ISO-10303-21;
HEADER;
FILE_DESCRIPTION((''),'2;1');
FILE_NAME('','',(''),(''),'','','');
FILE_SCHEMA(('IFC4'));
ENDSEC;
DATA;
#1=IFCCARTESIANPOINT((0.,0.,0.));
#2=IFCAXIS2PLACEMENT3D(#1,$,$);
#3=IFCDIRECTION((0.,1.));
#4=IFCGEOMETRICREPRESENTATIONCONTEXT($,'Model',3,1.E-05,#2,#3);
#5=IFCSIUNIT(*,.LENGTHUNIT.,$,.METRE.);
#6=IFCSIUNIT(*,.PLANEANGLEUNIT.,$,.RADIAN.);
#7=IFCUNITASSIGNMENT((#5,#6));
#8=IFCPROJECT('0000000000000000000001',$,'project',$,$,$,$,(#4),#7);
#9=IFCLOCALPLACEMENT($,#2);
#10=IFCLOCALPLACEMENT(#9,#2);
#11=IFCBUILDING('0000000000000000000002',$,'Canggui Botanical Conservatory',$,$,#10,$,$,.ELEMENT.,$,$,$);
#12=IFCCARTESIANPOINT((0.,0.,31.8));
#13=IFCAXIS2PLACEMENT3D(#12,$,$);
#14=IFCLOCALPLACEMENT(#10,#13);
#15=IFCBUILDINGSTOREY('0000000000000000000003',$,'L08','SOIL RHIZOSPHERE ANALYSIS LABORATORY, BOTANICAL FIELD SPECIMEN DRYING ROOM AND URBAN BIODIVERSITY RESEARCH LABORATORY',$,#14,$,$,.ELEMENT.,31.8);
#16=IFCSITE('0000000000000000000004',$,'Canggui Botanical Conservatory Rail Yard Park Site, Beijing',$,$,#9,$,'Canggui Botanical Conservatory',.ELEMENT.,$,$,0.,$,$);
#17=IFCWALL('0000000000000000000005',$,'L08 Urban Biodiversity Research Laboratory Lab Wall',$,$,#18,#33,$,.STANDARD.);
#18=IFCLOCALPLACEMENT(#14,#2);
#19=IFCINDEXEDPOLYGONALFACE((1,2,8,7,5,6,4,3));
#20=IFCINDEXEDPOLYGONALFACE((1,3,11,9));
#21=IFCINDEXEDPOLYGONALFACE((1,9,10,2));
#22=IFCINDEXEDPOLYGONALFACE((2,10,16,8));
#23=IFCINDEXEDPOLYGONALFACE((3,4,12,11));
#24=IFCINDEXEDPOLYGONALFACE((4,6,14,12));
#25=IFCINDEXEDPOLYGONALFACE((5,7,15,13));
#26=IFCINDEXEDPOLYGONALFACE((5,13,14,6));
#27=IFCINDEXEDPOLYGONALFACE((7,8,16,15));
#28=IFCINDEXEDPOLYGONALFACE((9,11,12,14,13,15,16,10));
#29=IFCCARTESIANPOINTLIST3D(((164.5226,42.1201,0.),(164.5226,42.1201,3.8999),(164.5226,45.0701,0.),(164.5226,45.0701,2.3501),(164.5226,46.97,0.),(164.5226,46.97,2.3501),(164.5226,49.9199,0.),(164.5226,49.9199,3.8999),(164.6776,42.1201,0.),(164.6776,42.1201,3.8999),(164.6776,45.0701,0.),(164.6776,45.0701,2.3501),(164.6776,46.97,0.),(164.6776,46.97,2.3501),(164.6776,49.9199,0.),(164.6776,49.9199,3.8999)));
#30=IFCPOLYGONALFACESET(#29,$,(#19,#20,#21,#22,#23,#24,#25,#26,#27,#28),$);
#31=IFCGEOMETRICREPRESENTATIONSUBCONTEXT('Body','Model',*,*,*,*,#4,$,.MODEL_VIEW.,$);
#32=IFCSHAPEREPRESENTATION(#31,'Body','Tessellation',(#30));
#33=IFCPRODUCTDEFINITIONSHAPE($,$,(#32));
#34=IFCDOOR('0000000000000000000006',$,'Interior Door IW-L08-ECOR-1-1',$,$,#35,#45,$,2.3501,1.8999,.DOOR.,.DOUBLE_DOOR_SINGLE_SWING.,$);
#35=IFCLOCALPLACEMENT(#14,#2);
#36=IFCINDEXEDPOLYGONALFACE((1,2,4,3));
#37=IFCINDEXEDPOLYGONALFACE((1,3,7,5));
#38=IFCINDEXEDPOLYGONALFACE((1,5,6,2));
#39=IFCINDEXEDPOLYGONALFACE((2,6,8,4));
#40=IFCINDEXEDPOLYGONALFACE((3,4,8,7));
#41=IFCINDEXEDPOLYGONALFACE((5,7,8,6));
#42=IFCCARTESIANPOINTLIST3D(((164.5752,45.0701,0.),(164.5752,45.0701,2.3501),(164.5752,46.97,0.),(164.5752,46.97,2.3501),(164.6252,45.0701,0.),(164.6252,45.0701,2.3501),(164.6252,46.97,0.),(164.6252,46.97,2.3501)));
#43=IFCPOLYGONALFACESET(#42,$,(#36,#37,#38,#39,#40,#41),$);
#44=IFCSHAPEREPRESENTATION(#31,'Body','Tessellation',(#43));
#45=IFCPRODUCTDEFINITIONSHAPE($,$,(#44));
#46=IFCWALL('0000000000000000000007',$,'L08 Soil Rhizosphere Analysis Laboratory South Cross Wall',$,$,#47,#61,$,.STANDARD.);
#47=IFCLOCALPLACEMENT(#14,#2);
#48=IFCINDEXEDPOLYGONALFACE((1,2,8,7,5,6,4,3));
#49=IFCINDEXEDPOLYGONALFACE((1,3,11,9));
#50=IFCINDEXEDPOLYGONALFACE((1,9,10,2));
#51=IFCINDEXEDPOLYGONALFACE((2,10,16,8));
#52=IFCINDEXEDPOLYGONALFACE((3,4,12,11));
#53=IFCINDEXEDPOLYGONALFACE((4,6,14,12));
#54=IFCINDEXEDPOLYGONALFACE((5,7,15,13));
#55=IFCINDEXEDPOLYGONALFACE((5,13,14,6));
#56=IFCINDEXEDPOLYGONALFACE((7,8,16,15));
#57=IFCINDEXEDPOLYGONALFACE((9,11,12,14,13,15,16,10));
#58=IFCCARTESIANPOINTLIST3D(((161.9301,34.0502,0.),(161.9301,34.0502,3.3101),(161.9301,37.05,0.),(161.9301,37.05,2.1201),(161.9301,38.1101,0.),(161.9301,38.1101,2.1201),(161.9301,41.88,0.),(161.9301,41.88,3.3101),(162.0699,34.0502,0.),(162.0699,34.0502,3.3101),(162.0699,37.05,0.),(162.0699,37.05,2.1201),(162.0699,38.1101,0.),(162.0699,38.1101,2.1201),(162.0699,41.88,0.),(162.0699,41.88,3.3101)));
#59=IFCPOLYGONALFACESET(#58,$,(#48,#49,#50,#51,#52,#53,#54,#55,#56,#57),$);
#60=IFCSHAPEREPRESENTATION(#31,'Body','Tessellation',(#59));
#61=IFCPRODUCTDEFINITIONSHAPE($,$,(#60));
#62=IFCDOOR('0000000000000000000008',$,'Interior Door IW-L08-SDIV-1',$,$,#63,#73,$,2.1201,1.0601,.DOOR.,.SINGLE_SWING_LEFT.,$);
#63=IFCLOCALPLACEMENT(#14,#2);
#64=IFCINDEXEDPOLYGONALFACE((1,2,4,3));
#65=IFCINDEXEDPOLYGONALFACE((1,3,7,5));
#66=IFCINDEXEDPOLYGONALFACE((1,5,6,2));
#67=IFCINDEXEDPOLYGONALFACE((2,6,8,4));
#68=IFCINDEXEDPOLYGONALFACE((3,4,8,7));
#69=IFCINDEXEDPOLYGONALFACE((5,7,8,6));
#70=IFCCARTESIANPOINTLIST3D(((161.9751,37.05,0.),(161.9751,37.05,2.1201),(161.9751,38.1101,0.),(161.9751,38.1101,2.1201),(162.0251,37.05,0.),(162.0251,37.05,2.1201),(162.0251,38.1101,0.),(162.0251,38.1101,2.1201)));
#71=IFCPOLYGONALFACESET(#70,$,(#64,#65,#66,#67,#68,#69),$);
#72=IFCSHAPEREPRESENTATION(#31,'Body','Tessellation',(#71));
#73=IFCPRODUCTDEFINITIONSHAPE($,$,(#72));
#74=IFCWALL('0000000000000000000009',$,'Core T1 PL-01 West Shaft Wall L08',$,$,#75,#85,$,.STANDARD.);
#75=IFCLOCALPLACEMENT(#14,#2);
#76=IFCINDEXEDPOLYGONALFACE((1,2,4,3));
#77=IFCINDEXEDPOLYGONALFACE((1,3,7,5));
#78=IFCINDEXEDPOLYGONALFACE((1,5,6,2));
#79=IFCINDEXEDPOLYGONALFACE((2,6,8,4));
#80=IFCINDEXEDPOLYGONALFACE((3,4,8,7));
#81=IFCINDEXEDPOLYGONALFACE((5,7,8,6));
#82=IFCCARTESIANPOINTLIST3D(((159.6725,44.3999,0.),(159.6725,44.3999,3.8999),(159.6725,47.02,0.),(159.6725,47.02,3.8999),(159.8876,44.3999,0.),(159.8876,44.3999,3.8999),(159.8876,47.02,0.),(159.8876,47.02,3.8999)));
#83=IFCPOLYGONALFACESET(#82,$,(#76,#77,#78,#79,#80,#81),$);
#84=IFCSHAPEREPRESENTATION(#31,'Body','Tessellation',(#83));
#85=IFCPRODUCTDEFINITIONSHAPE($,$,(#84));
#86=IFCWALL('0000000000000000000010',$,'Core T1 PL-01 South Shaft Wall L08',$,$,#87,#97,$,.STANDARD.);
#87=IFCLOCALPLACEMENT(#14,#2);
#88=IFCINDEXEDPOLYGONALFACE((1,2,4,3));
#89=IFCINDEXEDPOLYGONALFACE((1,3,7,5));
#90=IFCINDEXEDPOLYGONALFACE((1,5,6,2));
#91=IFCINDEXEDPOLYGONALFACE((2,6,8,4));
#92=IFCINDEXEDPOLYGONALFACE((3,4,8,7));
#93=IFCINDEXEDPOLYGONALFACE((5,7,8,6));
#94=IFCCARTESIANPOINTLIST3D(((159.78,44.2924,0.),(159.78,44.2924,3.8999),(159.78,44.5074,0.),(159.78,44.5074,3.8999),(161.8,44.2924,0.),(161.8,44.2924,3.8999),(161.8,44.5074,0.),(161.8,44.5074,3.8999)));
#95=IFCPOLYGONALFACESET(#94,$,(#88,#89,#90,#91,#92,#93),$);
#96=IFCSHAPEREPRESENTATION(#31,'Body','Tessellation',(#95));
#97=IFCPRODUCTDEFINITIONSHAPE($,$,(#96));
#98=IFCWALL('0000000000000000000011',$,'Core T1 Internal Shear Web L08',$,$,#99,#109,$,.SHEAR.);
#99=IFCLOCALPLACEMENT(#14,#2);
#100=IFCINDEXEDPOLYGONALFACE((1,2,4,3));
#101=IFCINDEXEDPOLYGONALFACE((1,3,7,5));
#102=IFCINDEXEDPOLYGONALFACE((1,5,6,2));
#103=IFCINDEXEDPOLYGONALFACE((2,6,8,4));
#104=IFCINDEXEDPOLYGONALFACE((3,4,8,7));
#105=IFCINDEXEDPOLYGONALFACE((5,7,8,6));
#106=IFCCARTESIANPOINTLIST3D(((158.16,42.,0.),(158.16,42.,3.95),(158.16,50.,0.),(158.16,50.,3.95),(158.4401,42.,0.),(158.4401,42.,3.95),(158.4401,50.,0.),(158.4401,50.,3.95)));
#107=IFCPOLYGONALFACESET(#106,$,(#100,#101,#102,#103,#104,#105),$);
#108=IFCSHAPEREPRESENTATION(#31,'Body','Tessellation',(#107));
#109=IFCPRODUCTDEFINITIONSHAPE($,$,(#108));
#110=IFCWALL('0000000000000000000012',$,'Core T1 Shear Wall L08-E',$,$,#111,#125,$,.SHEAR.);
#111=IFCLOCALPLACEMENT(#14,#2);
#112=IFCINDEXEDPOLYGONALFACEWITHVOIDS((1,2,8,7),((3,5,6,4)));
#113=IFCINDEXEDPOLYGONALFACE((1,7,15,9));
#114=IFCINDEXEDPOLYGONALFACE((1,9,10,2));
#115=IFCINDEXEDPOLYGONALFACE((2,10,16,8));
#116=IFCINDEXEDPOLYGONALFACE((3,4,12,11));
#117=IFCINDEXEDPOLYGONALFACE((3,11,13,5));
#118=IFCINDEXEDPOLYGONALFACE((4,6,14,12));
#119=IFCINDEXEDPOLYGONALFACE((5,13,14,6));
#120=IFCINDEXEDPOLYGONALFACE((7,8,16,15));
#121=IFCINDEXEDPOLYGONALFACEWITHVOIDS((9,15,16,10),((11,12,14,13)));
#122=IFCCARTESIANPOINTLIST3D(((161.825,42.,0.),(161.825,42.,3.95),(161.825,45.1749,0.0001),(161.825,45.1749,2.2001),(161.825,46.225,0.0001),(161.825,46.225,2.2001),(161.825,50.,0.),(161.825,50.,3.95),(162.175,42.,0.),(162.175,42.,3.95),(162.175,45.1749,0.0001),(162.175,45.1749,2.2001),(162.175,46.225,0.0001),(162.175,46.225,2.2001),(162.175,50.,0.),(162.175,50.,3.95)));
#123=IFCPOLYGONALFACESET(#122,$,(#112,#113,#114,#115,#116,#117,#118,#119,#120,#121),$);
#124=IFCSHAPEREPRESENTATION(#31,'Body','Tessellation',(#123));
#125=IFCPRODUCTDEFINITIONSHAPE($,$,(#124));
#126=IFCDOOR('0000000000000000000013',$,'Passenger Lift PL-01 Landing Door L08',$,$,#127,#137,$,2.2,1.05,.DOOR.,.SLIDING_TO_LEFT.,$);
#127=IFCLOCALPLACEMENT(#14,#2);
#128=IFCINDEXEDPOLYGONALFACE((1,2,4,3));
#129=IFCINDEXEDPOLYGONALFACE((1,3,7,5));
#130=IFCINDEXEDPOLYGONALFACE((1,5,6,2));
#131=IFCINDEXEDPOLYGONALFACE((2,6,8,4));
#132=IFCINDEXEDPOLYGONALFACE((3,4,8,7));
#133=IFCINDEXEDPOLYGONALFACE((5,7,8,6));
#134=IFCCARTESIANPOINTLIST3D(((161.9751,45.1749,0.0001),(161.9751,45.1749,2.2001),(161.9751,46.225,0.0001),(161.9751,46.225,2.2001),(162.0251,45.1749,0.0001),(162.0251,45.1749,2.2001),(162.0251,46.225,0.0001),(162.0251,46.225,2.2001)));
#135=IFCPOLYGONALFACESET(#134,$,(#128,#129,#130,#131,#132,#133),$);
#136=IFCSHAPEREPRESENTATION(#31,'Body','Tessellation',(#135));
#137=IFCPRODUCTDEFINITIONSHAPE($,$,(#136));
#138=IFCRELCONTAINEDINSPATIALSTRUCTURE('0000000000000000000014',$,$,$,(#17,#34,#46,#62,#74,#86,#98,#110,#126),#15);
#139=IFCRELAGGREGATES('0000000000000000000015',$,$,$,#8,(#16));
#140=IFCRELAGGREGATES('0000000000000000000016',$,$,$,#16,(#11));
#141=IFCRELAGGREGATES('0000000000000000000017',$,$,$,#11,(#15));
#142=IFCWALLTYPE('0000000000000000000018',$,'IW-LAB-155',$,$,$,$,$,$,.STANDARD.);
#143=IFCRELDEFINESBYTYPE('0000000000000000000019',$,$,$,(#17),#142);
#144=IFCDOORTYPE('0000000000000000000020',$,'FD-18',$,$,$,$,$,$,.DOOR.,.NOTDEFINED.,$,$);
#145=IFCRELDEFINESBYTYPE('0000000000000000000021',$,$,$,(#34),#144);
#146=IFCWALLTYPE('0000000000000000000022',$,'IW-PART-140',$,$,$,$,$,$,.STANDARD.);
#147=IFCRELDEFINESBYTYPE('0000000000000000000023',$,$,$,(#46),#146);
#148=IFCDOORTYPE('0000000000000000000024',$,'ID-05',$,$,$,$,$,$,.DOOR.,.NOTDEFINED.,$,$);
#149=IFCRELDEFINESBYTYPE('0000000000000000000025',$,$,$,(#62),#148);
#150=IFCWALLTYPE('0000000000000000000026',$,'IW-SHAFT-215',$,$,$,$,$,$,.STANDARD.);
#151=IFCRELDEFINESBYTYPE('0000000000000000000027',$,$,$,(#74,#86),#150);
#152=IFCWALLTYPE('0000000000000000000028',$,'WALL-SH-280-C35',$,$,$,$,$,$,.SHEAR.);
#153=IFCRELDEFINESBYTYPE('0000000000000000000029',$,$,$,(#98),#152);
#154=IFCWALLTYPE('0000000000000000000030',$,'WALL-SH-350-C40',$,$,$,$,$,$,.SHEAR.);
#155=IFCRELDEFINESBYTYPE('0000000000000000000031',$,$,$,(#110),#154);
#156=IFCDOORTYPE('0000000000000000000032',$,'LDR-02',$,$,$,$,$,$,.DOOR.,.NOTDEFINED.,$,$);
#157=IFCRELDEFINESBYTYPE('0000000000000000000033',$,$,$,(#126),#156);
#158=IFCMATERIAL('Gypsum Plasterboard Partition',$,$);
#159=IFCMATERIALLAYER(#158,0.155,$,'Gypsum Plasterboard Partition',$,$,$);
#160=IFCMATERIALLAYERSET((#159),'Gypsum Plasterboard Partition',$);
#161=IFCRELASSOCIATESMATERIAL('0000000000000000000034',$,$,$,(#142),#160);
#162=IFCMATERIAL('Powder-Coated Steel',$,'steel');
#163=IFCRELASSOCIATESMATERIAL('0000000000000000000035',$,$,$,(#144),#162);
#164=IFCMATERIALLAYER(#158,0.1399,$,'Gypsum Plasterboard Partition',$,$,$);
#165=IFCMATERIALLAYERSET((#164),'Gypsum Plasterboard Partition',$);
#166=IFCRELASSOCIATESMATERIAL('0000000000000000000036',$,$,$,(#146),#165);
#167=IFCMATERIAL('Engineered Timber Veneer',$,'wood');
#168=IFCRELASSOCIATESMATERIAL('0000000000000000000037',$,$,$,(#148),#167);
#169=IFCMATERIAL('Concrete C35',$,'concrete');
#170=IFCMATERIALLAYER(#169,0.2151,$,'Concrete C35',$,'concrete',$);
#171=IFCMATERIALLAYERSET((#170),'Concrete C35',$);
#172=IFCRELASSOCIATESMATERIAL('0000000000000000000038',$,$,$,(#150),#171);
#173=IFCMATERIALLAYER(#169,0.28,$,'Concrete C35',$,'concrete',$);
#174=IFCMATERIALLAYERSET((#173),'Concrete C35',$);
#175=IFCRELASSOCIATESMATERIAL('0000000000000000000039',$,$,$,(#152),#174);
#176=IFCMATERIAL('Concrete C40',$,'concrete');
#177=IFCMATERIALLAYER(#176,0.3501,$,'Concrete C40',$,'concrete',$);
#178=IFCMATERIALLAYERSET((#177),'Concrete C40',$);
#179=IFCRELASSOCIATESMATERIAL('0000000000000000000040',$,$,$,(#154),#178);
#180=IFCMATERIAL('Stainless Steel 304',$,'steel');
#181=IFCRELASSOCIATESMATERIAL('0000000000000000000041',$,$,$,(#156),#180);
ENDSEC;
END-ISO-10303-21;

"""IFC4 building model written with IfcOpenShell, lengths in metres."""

from ifc_helpers import new_model, si_unit, direction, frame, frame_2d, origin, place, context, subcontext, project, spatial, rectangle, extrude, material, layer, layer_set, type_object, element, fill, save


model = new_model("IFC4")

# Units and contexts
model_context = context("Model", 3, precision=1e-05, world=origin(), true_north=direction((0.0, 1.0)))
body_context = subcontext(model_context, "Body", "Model", "MODEL_VIEW")
ifc_project = project(units=[si_unit("LENGTHUNIT", "METRE"), si_unit("PLANEANGLEUNIT", "RADIAN")], contexts=[model_context])

# Site, building, storey
site_placement = place(None, origin())
site = spatial("IfcSite", under=ifc_project, at=site_placement, Name="Canggui Botanical Conservatory Rail Yard Park Site, Beijing", LongName="Canggui Botanical Conservatory", CompositionType="ELEMENT", RefElevation=0.0)
building_placement = place(site_placement, origin())
building = spatial("IfcBuilding", under=site, at=building_placement, Name="Canggui Botanical Conservatory", CompositionType="ELEMENT")
storey_placement = place(building_placement, frame((0.0, 0.0, 31.8)))
storey = spatial("IfcBuildingStorey", under=building, at=storey_placement, Name="L08", Description="SOIL RHIZOSPHERE ANALYSIS LABORATORY, BOTANICAL FIELD SPECIMEN DRYING ROOM AND URBAN BIODIVERSITY RESEARCH LABORATORY", CompositionType="ELEMENT", Elevation=31.8)

# Shared definitions
ifc_material_1 = material(Name="Concrete C40", Category="concrete")

# Shared definitions
ifc_material_2 = material(Name="Concrete C35", Category="concrete")

# Walls, openings, doors
ifc_material_3 = material(Name="Gypsum Plasterboard Partition")
ifc_material_4 = material(Name="Powder-Coated Steel", Category="steel")
ifc_layer_1 = layer(ifc_material_3, 0.155, Name="Gypsum Plasterboard Partition")
ifc_layer_set_1 = layer_set([ifc_layer_1], Name="Gypsum Plasterboard Partition")
wall_type_1 = type_object("IfcWallType", Name="IW-LAB-155", PredefinedType="STANDARD", material=ifc_layer_set_1)
wall_1_placement = place(storey_placement, frame((164.6001, 42.1201, 0.0), z_axis=(0.0, 0.0, 1.0), x_axis=(0.0, 1.0, 0.0)))
wall_1 = element("IfcWall", 1, at=wall_1_placement, inside=storey, type_object=wall_type_1, Name="L08 Urban Biodiversity Research Laboratory Lab Wall", PredefinedType="STANDARD", context=body_context, shape_type="SweptSolid", body=[
    extrude(rectangle(XDim=7.7998, YDim=0.155, at=frame_2d((3.8999, 0.0))), origin(), (0.0, 0.0, 1.0), 3.8999),
])
opening_1_placement = place(wall_1_placement, frame((2.95, 0.0, 0.0)))
opening_1 = element("IfcOpeningElement", 2, at=opening_1_placement, cuts=wall_1, PredefinedType="OPENING", context=body_context, shape_type="SweptSolid", body=[
    extrude(rectangle(XDim=1.8999, YDim=2.3501, at=frame_2d((0.95, 1.175))), frame((0.0, 0.0874, 0.0), z_axis=(0.0, -1.0, 0.0), x_axis=(1.0, 0.0, 0.0)), (0.0, 0.0, 1.0), 0.175),
])
door_type_1 = type_object("IfcDoorType", Name="FD-18", OperationType="NOTDEFINED", PredefinedType="DOOR", material=ifc_material_4)
door_1_placement = place(opening_1_placement, origin())
door_1 = element("IfcDoor", 3, at=door_1_placement, inside=storey, type_object=door_type_1, Name="Interior Door IW-L08-ECOR-1-1", OperationType="DOUBLE_DOOR_SINGLE_SWING", OverallHeight=2.3501, OverallWidth=1.8999, PredefinedType="DOOR", context=body_context, shape_type="SweptSolid", body=[
    extrude(rectangle(XDim=1.8999, YDim=2.3501, at=frame_2d((0.95, 1.175))), frame((0.0, 0.0249, 0.0), z_axis=(0.0, -1.0, 0.0), x_axis=(1.0, 0.0, 0.0)), (0.0, 0.0, 1.0), 0.05),
])
fill(opening_1, door_1)
ifc_layer_2 = layer(ifc_material_3, 0.1399, Name="Gypsum Plasterboard Partition")
ifc_layer_set_2 = layer_set([ifc_layer_2], Name="Gypsum Plasterboard Partition")
wall_type_2 = type_object("IfcWallType", Name="IW-PART-140", PredefinedType="STANDARD", material=ifc_layer_set_2)
wall_2_placement = place(storey_placement, frame((162.0, 34.05, 0.0), z_axis=(0.0, 0.0, 1.0), x_axis=(0.0, 1.0, 0.0)))
wall_2 = element("IfcWall", 4, at=wall_2_placement, inside=storey, type_object=wall_type_2, Name="L08 Soil Rhizosphere Analysis Laboratory South Cross Wall", PredefinedType="STANDARD", context=body_context, shape_type="SweptSolid", body=[
    extrude(rectangle(XDim=7.8298, YDim=0.1399, at=frame_2d((3.915, 0.0))), origin(), (0.0, 0.0, 1.0), 3.3101),
])
opening_2_placement = place(wall_2_placement, frame((3.0, 0.0, 0.0)))
opening_2 = element("IfcOpeningElement", 5, at=opening_2_placement, cuts=wall_2, PredefinedType="OPENING", context=body_context, shape_type="SweptSolid", body=[
    extrude(rectangle(XDim=1.0601, YDim=2.1201, at=frame_2d((0.53, 1.0601))), frame((0.0, 0.0801, 0.0), z_axis=(0.0, -1.0, 0.0), x_axis=(1.0, 0.0, 0.0)), (0.0, 0.0, 1.0), 0.1599),
])
ifc_material_5 = material(Name="Engineered Timber Veneer", Category="wood")
door_type_2 = type_object("IfcDoorType", Name="ID-05", OperationType="NOTDEFINED", PredefinedType="DOOR", material=ifc_material_5)
door_2_placement = place(opening_2_placement, origin())
door_2 = element("IfcDoor", 6, at=door_2_placement, inside=storey, type_object=door_type_2, Name="Interior Door IW-L08-SDIV-1", OperationType="SINGLE_SWING_LEFT", OverallHeight=2.1201, OverallWidth=1.0601, PredefinedType="DOOR", context=body_context, shape_type="SweptSolid", body=[
    extrude(rectangle(XDim=1.0601, YDim=2.1201, at=frame_2d((0.53, 1.0601))), frame((0.0, 0.0249, 0.0), z_axis=(0.0, -1.0, 0.0), x_axis=(1.0, 0.0, 0.0)), (0.0, 0.0, 1.0), 0.05),
])
fill(opening_2, door_2)

# Walls
ifc_layer_3 = layer(ifc_material_2, 0.2151, Name="Concrete C35", Category="concrete")
ifc_layer_set_3 = layer_set([ifc_layer_3], Name="Concrete C35")
wall_type_3 = type_object("IfcWallType", Name="IW-SHAFT-215", PredefinedType="STANDARD", material=ifc_layer_set_3)
wall_3_placement = place(storey_placement, frame((159.78, 44.3999, 0.0), z_axis=(0.0, 0.0, 1.0), x_axis=(0.0, 1.0, 0.0)))
element("IfcWall", 7, at=wall_3_placement, inside=storey, type_object=wall_type_3, Name="Core T1 PL-01 West Shaft Wall L08", PredefinedType="STANDARD", context=body_context, shape_type="SweptSolid", body=[
    extrude(rectangle(XDim=2.6201, YDim=0.2151, at=frame_2d((1.3101, 0.0))), origin(), (0.0, 0.0, 1.0), 3.8999),
])
wall_4_placement = place(storey_placement, frame((159.78, 44.3999, 0.0), z_axis=(0.0, 0.0, 1.0), x_axis=(1.0, 0.0, 0.0)))
element("IfcWall", 8, at=wall_4_placement, inside=storey, type_object=wall_type_3, Name="Core T1 PL-01 South Shaft Wall L08", PredefinedType="STANDARD", context=body_context, shape_type="SweptSolid", body=[
    extrude(rectangle(XDim=2.02, YDim=0.2151, at=frame_2d((1.01, 0.0))), origin(), (0.0, 0.0, 1.0), 3.8999),
])
ifc_layer_4 = layer(ifc_material_2, 0.28, Name="Concrete C35", Category="concrete")
ifc_layer_set_4 = layer_set([ifc_layer_4], Name="Concrete C35")
wall_type_4 = type_object("IfcWallType", Name="WALL-SH-280-C35", PredefinedType="SHEAR", material=ifc_layer_set_4)
wall_5_placement = place(storey_placement, frame((158.3, 42.0, 0.0), z_axis=(0.0, 0.0, 1.0), x_axis=(0.0, 1.0, 0.0)))
element("IfcWall", 9, at=wall_5_placement, inside=storey, type_object=wall_type_4, Name="Core T1 Internal Shear Web L08", PredefinedType="SHEAR", context=body_context, shape_type="SweptSolid", body=[
    extrude(rectangle(XDim=8.0, YDim=0.28, at=frame_2d((4.0, 0.0))), origin(), (0.0, 0.0, 1.0), 3.95),
])

# Wall, opening, door
ifc_layer_5 = layer(ifc_material_1, 0.3501, Name="Concrete C40", Category="concrete")
ifc_layer_set_5 = layer_set([ifc_layer_5], Name="Concrete C40")
wall_type_5 = type_object("IfcWallType", Name="WALL-SH-350-C40", PredefinedType="SHEAR", material=ifc_layer_set_5)
wall_6_placement = place(storey_placement, frame((162.0, 42.0, 0.0), z_axis=(0.0, 0.0, 1.0), x_axis=(0.0, 1.0, 0.0)))
wall_6 = element("IfcWall", 10, at=wall_6_placement, inside=storey, type_object=wall_type_5, Name="Core T1 Shear Wall L08-E", PredefinedType="SHEAR", context=body_context, shape_type="SweptSolid", body=[
    extrude(rectangle(XDim=8.0, YDim=0.3501, at=frame_2d((4.0, 0.0))), origin(), (0.0, 0.0, 1.0), 3.95),
])
opening_3_placement = place(wall_6_placement, frame((3.175, 0.0, 0.0)))
opening_3 = element("IfcOpeningElement", 11, at=opening_3_placement, cuts=wall_6, PredefinedType="OPENING", context=body_context, shape_type="SweptSolid", body=[
    extrude(rectangle(XDim=1.05, YDim=2.2, at=frame_2d((0.5249, 1.1001))), frame((0.0, 0.1851, 0.0), z_axis=(0.0, -1.0, 0.0), x_axis=(1.0, 0.0, 0.0)), (0.0, 0.0, 1.0), 0.3701),
])
ifc_material_6 = material(Name="Stainless Steel 304", Category="steel")
door_type_3 = type_object("IfcDoorType", Name="LDR-02", OperationType="NOTDEFINED", PredefinedType="DOOR", material=ifc_material_6)
door_3_placement = place(opening_3_placement, origin())
door_3 = element("IfcDoor", 12, at=door_3_placement, inside=storey, type_object=door_type_3, Name="Passenger Lift PL-01 Landing Door L08", OperationType="SLIDING_TO_LEFT", OverallHeight=2.2, OverallWidth=1.05, PredefinedType="DOOR", context=body_context, shape_type="SweptSolid", body=[
    extrude(rectangle(XDim=1.05, YDim=2.2, at=frame_2d((0.5249, 1.1001))), frame((0.0, 0.0249, 0.0), z_axis=(0.0, -1.0, 0.0), x_axis=(1.0, 0.0, 0.0)), (0.0, 0.0, 1.0), 0.05),
])
fill(opening_3, door_3)

save(model, "model.ifc")
